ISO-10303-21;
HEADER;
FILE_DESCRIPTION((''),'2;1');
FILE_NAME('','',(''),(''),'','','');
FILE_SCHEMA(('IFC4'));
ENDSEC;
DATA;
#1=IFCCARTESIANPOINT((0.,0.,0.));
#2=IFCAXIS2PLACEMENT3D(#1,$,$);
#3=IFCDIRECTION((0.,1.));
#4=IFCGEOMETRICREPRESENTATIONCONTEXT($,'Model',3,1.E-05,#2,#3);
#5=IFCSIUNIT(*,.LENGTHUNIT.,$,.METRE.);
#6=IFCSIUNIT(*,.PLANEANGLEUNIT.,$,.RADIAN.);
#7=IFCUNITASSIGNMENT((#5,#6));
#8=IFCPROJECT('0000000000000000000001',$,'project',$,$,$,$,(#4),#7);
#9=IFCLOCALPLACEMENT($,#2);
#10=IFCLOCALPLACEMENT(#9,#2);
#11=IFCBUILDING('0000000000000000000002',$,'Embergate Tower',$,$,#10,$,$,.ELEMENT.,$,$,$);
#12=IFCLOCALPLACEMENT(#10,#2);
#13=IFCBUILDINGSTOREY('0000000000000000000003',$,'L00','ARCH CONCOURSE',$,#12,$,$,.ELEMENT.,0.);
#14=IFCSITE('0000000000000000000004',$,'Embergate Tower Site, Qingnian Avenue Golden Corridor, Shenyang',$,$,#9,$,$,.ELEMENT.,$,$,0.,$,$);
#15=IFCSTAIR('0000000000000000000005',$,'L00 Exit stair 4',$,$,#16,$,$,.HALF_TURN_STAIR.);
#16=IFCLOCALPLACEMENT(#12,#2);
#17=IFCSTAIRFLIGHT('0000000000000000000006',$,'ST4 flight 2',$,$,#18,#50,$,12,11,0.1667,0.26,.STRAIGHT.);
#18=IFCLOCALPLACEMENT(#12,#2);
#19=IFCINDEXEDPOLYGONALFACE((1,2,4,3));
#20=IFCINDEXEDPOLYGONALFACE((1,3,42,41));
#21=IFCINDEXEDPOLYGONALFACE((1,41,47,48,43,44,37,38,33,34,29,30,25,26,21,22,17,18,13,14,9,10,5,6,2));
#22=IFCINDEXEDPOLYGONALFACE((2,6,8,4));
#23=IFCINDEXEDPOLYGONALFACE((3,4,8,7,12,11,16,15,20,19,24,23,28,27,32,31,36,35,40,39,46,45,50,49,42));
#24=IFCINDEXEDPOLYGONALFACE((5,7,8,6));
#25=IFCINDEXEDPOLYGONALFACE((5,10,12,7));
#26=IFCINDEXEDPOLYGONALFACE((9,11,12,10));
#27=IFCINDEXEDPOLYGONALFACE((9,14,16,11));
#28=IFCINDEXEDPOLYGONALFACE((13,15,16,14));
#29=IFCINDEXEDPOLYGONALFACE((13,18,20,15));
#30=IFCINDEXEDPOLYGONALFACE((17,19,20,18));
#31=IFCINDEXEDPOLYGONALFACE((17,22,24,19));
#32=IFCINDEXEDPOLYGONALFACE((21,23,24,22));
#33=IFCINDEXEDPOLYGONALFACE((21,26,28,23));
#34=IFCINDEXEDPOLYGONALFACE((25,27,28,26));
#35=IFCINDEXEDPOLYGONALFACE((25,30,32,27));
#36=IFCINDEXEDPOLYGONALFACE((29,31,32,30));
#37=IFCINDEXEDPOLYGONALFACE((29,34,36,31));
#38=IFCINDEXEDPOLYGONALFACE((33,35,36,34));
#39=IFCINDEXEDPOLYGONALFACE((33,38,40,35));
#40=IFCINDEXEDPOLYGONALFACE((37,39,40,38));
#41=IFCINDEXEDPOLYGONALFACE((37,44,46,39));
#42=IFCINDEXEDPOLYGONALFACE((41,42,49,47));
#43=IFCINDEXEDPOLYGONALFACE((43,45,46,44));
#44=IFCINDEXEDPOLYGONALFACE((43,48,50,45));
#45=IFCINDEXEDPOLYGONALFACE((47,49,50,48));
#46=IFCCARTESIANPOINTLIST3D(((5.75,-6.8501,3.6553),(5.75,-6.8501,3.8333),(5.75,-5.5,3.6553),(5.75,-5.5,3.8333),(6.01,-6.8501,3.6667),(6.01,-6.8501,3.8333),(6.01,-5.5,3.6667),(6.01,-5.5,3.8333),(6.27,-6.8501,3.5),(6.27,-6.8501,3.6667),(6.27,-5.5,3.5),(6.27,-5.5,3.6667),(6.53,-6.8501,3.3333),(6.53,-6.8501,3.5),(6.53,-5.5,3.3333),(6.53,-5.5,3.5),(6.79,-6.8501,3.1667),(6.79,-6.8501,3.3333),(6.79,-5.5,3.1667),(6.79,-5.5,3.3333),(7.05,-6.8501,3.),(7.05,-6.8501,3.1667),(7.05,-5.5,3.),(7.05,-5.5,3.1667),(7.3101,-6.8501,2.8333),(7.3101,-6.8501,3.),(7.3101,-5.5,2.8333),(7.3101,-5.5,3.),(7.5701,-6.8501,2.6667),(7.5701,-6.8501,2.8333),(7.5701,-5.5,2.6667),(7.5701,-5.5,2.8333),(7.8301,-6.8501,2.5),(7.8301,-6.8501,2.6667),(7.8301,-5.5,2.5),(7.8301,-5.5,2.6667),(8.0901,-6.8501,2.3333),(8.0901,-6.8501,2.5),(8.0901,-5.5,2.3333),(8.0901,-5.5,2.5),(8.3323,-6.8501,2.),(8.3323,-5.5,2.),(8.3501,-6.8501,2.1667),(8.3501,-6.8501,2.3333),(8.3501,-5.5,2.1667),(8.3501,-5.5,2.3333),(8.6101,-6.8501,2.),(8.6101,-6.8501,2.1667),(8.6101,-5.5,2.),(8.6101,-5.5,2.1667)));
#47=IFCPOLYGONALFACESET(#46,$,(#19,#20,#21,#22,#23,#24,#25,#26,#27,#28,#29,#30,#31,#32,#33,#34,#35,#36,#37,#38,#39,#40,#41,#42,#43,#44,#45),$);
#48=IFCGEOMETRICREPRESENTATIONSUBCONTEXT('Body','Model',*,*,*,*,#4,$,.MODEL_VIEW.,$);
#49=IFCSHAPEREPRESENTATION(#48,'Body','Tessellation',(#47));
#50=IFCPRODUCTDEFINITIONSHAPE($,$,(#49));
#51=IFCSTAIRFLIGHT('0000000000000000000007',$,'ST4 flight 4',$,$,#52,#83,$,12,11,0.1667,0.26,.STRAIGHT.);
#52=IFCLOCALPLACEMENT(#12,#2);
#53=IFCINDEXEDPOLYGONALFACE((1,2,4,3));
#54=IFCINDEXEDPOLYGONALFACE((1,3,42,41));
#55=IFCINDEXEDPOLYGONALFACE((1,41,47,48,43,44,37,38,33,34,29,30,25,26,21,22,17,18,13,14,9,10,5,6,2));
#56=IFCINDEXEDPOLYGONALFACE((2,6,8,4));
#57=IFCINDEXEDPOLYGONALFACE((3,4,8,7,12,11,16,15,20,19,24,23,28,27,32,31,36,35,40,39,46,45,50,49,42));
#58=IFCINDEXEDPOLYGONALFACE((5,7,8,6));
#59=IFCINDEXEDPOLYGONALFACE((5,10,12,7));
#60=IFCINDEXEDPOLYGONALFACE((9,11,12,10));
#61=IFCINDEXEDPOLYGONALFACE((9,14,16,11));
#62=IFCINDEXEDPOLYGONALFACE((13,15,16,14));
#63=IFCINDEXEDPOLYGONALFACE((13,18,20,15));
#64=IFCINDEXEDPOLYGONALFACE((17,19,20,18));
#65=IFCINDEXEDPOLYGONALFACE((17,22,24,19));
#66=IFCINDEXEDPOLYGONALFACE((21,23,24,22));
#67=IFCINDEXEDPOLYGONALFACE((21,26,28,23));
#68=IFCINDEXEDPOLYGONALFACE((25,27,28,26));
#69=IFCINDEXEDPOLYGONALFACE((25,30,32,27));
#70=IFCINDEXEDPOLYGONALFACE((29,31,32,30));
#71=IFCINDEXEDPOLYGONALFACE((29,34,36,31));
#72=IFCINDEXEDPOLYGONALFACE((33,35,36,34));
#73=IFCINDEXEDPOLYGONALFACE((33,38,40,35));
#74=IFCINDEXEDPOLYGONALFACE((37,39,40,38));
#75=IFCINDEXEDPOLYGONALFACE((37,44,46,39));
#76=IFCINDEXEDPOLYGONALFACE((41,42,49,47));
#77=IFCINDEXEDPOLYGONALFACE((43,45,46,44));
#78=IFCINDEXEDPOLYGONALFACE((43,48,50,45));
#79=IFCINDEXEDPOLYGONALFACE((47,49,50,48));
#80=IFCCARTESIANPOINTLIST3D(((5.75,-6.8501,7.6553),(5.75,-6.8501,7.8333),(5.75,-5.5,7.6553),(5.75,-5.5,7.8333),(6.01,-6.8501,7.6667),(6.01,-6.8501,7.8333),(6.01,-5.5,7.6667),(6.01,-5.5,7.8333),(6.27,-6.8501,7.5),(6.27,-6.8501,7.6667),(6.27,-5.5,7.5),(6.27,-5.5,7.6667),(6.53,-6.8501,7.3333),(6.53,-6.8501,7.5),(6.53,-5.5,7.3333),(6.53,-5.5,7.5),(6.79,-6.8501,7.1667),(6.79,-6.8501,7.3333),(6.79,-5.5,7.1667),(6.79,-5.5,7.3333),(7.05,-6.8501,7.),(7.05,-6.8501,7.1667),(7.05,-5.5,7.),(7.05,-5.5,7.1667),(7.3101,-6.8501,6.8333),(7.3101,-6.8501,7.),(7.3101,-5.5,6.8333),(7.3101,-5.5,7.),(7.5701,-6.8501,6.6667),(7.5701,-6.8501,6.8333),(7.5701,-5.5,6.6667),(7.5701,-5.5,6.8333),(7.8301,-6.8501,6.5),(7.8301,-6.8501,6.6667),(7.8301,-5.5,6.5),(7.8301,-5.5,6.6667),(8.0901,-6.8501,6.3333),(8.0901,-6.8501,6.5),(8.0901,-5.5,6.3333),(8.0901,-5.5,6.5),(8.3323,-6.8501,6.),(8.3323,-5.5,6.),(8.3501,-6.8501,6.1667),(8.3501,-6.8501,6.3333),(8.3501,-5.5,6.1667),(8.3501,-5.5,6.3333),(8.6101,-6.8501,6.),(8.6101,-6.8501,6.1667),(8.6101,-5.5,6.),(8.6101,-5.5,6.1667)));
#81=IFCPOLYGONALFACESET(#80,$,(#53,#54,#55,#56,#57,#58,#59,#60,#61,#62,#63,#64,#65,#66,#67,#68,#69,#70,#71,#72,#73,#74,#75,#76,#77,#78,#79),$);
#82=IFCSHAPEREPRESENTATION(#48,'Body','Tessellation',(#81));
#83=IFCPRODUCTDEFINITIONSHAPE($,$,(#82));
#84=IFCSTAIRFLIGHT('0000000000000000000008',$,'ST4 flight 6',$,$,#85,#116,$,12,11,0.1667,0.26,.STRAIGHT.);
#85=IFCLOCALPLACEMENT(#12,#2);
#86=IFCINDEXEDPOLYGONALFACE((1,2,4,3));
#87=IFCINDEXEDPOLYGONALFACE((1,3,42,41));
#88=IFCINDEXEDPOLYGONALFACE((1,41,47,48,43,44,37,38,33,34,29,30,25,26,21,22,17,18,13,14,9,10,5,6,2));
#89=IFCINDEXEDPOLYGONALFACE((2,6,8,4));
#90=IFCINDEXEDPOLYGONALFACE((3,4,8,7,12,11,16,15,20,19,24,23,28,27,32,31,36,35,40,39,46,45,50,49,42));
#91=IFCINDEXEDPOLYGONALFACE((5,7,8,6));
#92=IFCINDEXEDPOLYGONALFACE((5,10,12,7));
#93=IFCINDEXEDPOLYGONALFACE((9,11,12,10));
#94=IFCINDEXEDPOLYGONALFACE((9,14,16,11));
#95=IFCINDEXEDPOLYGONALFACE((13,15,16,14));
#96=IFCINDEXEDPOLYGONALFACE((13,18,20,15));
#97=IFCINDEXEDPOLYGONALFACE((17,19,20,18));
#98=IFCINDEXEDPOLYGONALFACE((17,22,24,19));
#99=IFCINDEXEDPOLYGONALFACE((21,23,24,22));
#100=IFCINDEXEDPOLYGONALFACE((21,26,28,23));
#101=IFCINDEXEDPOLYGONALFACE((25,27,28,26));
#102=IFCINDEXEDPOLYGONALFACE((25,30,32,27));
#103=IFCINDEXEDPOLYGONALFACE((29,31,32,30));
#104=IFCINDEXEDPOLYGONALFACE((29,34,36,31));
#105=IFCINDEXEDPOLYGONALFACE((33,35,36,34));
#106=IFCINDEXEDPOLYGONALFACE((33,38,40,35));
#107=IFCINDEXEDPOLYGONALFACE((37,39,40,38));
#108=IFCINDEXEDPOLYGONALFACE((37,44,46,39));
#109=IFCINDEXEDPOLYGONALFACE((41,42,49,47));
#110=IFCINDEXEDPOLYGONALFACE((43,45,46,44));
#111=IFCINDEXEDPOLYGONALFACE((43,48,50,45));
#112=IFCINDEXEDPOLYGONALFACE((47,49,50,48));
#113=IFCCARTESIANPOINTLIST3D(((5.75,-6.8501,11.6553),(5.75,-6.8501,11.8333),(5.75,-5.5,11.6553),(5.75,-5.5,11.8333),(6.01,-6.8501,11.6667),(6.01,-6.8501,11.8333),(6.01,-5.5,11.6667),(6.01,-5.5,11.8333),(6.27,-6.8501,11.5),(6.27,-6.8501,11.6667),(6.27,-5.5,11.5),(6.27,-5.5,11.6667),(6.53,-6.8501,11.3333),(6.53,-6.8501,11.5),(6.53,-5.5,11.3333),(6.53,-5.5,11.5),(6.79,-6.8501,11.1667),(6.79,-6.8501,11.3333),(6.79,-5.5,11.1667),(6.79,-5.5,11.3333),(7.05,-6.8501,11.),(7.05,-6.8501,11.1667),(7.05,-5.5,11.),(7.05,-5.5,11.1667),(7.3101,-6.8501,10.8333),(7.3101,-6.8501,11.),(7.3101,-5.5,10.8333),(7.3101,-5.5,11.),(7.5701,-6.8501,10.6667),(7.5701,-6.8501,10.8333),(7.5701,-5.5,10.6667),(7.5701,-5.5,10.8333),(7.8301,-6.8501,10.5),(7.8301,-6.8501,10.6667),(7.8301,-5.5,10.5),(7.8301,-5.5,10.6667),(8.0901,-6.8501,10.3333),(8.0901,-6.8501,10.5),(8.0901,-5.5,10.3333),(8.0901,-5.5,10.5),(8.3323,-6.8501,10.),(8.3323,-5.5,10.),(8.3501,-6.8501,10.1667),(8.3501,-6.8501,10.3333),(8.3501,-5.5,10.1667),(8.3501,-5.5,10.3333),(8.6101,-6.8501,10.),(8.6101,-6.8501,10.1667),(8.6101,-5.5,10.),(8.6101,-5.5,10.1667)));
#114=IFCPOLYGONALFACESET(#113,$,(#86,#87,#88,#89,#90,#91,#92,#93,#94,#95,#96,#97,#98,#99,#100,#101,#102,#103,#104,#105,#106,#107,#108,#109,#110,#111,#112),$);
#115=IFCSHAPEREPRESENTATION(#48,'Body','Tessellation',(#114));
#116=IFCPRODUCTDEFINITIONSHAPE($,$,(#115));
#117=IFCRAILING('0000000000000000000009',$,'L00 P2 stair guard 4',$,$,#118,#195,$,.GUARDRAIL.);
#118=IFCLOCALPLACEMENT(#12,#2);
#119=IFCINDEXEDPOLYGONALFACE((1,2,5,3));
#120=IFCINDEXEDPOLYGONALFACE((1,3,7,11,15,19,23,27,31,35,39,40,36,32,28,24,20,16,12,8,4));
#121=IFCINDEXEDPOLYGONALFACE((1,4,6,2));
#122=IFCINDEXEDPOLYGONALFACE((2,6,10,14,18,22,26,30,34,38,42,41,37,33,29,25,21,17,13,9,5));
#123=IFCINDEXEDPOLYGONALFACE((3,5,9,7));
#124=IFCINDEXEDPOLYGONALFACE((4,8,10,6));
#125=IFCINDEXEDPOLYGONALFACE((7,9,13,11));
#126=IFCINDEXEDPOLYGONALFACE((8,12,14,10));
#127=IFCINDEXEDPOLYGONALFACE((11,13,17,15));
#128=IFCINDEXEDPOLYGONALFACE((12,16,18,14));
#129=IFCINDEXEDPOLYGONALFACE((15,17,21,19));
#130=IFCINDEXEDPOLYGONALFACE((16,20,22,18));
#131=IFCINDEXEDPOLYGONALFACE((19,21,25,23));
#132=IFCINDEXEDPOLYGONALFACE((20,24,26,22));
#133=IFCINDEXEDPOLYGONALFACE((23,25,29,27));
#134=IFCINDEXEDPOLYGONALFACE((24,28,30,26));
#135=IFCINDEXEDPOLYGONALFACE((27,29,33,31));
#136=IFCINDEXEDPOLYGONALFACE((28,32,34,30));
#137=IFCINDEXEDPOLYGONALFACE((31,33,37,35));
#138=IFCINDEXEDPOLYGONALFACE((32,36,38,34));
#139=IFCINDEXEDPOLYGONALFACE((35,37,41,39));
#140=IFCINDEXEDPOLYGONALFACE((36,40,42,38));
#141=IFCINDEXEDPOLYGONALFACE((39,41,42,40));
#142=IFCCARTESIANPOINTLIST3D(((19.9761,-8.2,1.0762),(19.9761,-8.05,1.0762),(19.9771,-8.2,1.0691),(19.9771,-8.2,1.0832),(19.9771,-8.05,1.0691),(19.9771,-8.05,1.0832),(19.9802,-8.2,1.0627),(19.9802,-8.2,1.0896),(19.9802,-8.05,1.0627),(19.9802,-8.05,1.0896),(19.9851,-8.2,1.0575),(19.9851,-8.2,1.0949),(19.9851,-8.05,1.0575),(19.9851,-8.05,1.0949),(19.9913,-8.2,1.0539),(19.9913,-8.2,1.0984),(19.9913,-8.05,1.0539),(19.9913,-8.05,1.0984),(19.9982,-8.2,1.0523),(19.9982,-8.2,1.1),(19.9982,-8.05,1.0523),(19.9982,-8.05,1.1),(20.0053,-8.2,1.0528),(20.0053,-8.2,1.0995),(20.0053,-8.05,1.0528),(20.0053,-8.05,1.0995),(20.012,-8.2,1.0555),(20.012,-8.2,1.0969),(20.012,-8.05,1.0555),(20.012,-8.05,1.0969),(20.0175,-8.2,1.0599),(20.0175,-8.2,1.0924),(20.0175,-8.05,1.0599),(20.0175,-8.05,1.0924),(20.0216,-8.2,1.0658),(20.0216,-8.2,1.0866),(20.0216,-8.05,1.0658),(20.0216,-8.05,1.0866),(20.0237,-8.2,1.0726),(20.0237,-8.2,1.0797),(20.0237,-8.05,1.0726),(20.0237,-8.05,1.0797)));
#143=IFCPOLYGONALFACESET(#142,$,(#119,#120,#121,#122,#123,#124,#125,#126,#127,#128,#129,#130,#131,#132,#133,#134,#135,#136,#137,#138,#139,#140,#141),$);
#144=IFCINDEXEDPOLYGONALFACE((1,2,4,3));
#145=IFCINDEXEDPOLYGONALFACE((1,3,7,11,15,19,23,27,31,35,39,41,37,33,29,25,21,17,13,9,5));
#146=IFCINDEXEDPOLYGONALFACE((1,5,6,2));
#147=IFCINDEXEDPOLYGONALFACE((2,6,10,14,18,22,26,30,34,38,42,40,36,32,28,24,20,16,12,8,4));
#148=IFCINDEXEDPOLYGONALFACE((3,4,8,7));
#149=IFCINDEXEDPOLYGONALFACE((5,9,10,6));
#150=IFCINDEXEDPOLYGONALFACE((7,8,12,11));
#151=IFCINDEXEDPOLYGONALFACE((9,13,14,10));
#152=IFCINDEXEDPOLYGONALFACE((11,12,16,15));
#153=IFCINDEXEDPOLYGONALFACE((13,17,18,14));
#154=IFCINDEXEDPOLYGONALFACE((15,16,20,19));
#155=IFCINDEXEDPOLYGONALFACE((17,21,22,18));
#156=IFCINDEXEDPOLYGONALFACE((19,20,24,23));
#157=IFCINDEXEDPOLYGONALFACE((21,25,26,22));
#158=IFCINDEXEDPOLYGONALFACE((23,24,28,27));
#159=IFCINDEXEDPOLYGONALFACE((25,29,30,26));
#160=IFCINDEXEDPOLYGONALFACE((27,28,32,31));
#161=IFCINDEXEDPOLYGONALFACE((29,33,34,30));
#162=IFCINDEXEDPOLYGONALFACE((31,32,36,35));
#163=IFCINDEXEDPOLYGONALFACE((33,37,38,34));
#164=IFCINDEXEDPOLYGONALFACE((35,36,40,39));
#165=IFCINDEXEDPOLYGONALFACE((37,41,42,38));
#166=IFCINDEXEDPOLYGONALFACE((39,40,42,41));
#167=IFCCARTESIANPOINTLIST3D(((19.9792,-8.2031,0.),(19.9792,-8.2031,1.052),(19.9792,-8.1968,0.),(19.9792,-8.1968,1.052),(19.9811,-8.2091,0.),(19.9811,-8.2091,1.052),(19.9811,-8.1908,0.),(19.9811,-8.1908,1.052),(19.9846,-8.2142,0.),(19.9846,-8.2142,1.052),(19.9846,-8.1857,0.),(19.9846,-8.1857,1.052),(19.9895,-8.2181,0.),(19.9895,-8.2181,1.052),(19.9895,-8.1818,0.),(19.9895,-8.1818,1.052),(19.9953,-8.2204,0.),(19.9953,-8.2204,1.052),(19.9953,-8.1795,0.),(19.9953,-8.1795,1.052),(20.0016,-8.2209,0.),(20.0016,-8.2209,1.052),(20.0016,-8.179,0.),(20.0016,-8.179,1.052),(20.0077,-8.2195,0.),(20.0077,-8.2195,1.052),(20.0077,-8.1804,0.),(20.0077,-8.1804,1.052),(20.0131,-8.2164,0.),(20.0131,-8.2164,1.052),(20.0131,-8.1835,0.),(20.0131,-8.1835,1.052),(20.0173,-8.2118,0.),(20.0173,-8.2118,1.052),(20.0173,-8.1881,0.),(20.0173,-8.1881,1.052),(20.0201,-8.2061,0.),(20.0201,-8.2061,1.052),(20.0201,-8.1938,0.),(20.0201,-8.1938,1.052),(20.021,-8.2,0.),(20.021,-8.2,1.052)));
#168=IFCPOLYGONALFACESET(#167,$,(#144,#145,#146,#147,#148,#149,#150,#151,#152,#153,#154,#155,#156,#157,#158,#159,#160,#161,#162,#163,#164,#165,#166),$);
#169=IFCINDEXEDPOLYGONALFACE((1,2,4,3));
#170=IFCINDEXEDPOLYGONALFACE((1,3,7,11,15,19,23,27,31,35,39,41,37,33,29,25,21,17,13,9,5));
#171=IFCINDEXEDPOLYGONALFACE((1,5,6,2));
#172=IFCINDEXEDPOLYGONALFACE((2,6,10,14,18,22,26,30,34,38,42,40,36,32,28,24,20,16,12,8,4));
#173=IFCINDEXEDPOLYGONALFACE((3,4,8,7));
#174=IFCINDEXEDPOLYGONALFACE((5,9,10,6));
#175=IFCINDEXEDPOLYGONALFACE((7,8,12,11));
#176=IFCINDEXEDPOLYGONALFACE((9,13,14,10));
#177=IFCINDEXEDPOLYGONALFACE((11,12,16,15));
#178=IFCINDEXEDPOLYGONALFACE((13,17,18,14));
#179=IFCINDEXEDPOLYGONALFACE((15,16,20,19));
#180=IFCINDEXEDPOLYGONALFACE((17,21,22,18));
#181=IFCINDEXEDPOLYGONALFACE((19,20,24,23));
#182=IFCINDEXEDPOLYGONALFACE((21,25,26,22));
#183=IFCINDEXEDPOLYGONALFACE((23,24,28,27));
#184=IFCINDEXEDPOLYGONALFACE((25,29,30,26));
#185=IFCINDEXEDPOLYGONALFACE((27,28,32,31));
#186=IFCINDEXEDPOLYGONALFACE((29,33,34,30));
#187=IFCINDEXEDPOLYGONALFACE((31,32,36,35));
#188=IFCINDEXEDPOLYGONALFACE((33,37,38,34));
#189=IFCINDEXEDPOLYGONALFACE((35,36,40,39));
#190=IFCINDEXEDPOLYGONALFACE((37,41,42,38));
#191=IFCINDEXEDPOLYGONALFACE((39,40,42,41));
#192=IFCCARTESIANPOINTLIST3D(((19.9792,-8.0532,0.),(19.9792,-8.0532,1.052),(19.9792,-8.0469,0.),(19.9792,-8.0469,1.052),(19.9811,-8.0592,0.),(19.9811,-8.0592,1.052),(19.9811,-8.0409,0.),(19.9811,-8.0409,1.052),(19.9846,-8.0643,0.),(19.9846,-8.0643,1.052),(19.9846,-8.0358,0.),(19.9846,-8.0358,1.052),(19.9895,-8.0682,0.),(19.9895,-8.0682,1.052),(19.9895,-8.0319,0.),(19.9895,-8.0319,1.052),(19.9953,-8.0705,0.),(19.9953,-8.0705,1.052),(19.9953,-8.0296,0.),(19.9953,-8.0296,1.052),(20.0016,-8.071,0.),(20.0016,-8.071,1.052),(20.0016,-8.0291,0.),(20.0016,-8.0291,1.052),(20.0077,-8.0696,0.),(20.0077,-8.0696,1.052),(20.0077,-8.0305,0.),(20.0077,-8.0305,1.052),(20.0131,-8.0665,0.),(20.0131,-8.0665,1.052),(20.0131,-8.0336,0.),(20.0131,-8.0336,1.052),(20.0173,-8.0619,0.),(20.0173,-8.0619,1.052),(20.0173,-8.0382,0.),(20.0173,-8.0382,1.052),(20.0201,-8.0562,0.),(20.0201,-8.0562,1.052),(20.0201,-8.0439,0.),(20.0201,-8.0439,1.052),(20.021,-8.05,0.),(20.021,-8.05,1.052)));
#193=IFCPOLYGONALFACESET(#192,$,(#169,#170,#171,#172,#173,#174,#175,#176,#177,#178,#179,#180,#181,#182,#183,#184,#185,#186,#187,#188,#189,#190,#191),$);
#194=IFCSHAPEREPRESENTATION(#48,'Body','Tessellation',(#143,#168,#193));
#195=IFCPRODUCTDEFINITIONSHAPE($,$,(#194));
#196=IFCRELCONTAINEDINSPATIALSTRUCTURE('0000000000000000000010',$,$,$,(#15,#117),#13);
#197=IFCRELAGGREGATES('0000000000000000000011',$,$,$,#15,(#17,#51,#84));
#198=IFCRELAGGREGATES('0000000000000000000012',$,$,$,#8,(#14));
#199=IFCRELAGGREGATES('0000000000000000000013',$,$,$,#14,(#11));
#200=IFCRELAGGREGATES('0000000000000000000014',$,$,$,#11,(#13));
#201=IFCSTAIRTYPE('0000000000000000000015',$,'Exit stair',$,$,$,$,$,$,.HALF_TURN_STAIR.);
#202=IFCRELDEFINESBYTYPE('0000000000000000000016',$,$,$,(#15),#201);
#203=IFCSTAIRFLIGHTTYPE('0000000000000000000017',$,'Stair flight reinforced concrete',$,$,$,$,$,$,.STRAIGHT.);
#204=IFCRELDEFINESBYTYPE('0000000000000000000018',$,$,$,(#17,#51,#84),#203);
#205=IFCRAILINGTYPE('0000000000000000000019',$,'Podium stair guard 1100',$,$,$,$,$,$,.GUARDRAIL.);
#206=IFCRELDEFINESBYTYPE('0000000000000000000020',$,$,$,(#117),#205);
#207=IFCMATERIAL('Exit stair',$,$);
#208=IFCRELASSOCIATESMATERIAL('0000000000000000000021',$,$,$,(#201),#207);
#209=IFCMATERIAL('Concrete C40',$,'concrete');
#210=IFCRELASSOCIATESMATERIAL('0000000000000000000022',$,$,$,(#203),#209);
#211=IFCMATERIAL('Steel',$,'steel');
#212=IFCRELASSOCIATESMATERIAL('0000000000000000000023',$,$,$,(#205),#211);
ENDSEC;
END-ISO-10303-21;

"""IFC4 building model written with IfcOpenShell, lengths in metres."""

from ifc_helpers import new_model, si_unit, direction, frame, origin, origin_2d, place, context, subcontext, project, spatial, polyline, circle, outline, extrude, source, transform, mapped, material, type_object, element, aggregate, save


model = new_model("IFC4")

# Units and contexts
model_context = context("Model", 3, precision=1e-05, world=origin(), true_north=direction((0.0, 1.0)))
body_context = subcontext(model_context, "Body", "Model", "MODEL_VIEW")
ifc_project = project(units=[si_unit("LENGTHUNIT", "METRE"), si_unit("PLANEANGLEUNIT", "RADIAN")], contexts=[model_context])

# Site, building, storey
site_placement = place(None, origin())
site = spatial("IfcSite", under=ifc_project, at=site_placement, Name="Embergate Tower Site, Qingnian Avenue Golden Corridor, Shenyang", CompositionType="ELEMENT", RefElevation=0.0)
building_placement = place(site_placement, origin())
building = spatial("IfcBuilding", under=site, at=building_placement, Name="Embergate Tower", CompositionType="ELEMENT")
storey_placement = place(building_placement, origin())
storey = spatial("IfcBuildingStorey", under=building, at=storey_placement, Name="L00", Description="ARCH CONCOURSE", CompositionType="ELEMENT", Elevation=0.0)

# Stair
ifc_material_1 = material(Name="Exit stair")
stair_type = type_object("IfcStairType", Name="Exit stair", PredefinedType="HALF_TURN_STAIR", material=ifc_material_1)
stair_placement = place(storey_placement, origin())
stair = element("IfcStair", 1, at=stair_placement, inside=storey, type_object=stair_type, Name="L00 Exit stair 4", PredefinedType="HALF_TURN_STAIR")
ifc_material_2 = material(Name="Concrete C40", Category="concrete")

# Stair flights
stair_flight_type = type_object("IfcStairFlightType", Name="Stair flight reinforced concrete", PredefinedType="STRAIGHT", material=ifc_material_2)
shared_shape_1 = source(origin(), body_context, "Body", "SweptSolid", [
    extrude(outline(polyline([(0.0, 0.0), (0.0, 0.1667), (0.26, 0.1667), (0.26, 0.3333), (0.52, 0.3333), (0.52, 0.5), (0.78, 0.5), (0.78, 0.6667), (1.04, 0.6667), (1.04, 0.8333), (1.3, 0.8333), (1.3, 1.0), (1.5601, 1.0), (1.5601, 1.1667), (1.8201, 1.1667), (1.8201, 1.3333), (2.0801, 1.3333), (2.0801, 1.5), (2.3401, 1.5), (2.3401, 1.6667), (2.6001, 1.6667), (2.6001, 1.8333), (2.8601, 1.8333), (2.8601, 2.0), (2.8601, 1.6553), (0.2778, 0.0), (0.0, 0.0)])), frame((0.0, 0.675, 0.0), z_axis=(0.0, -1.0, 0.0), x_axis=(1.0, 0.0, 0.0)), (0.0, 0.0, 1.0), 1.3501),
])
stair_flight_1_placement = place(storey_placement, frame((8.6101, -6.175, 2.0), z_axis=(0.0, 0.0, 1.0), x_axis=(-1.0, 0.0, 0.0)))
stair_flight_1 = element("IfcStairFlight", 2, at=stair_flight_1_placement, type_object=stair_flight_type, Name="ST4 flight 2", NumberOfRisers=12, NumberOfTreads=11, PredefinedType="STRAIGHT", RiserHeight=0.1667, TreadLength=0.26, context=body_context, shape_type="MappedRepresentation", body=[
    mapped(shared_shape_1, transform((0.0, 0.0, 0.0))),
])
stair_flight_2_placement = place(storey_placement, frame((8.6101, -6.175, 6.0), z_axis=(0.0, 0.0, 1.0), x_axis=(-1.0, 0.0, 0.0)))
stair_flight_2 = element("IfcStairFlight", 3, at=stair_flight_2_placement, type_object=stair_flight_type, Name="ST4 flight 4", NumberOfRisers=12, NumberOfTreads=11, PredefinedType="STRAIGHT", RiserHeight=0.1667, TreadLength=0.26, context=body_context, shape_type="MappedRepresentation", body=[
    mapped(shared_shape_1, transform((0.0, 0.0, 0.0))),
])
stair_flight_3_placement = place(storey_placement, frame((8.6101, -6.175, 10.0), z_axis=(0.0, 0.0, 1.0), x_axis=(-1.0, 0.0, 0.0)))
stair_flight_3 = element("IfcStairFlight", 4, at=stair_flight_3_placement, type_object=stair_flight_type, Name="ST4 flight 6", NumberOfRisers=12, NumberOfTreads=11, PredefinedType="STRAIGHT", RiserHeight=0.1667, TreadLength=0.26, context=body_context, shape_type="MappedRepresentation", body=[
    mapped(shared_shape_1, transform((0.0, 0.0, 0.0))),
])
aggregate(stair, [stair_flight_1, stair_flight_2, stair_flight_3])

# Railing
ifc_material_3 = material(Name="Steel", Category="steel")
railing_type = type_object("IfcRailingType", Name="Podium stair guard 1100", PredefinedType="GUARDRAIL", material=ifc_material_3)
shared_shape_2 = source(origin(), body_context, "Body", "SweptSolid", [
    extrude(circle(Radius=0.0239, at=origin_2d()), frame((0.0, 0.0, 1.0762), z_axis=(0.0, 1.0, 0.0), x_axis=(-1.0, 0.0, 0.0)), (0.0, 0.0, 1.0), 0.1499),
    extrude(circle(Radius=0.021, at=origin_2d()), origin(), (0.0, 0.0, 1.0), 1.052),
    extrude(circle(Radius=0.021, at=origin_2d()), frame((0.0, 0.1499, 0.0)), (0.0, 0.0, 1.0), 1.052),
])
railing_1_placement = place(storey_placement, frame((20.0, -8.2, 0.0)))
element("IfcRailing", 5, at=railing_1_placement, inside=storey, type_object=railing_type, Name="L00 P2 stair guard 4", PredefinedType="GUARDRAIL", context=body_context, shape_type="MappedRepresentation", body=[
    mapped(shared_shape_2, transform((0.0, 0.0, 0.0))),
])

save(model, "model.ifc")
